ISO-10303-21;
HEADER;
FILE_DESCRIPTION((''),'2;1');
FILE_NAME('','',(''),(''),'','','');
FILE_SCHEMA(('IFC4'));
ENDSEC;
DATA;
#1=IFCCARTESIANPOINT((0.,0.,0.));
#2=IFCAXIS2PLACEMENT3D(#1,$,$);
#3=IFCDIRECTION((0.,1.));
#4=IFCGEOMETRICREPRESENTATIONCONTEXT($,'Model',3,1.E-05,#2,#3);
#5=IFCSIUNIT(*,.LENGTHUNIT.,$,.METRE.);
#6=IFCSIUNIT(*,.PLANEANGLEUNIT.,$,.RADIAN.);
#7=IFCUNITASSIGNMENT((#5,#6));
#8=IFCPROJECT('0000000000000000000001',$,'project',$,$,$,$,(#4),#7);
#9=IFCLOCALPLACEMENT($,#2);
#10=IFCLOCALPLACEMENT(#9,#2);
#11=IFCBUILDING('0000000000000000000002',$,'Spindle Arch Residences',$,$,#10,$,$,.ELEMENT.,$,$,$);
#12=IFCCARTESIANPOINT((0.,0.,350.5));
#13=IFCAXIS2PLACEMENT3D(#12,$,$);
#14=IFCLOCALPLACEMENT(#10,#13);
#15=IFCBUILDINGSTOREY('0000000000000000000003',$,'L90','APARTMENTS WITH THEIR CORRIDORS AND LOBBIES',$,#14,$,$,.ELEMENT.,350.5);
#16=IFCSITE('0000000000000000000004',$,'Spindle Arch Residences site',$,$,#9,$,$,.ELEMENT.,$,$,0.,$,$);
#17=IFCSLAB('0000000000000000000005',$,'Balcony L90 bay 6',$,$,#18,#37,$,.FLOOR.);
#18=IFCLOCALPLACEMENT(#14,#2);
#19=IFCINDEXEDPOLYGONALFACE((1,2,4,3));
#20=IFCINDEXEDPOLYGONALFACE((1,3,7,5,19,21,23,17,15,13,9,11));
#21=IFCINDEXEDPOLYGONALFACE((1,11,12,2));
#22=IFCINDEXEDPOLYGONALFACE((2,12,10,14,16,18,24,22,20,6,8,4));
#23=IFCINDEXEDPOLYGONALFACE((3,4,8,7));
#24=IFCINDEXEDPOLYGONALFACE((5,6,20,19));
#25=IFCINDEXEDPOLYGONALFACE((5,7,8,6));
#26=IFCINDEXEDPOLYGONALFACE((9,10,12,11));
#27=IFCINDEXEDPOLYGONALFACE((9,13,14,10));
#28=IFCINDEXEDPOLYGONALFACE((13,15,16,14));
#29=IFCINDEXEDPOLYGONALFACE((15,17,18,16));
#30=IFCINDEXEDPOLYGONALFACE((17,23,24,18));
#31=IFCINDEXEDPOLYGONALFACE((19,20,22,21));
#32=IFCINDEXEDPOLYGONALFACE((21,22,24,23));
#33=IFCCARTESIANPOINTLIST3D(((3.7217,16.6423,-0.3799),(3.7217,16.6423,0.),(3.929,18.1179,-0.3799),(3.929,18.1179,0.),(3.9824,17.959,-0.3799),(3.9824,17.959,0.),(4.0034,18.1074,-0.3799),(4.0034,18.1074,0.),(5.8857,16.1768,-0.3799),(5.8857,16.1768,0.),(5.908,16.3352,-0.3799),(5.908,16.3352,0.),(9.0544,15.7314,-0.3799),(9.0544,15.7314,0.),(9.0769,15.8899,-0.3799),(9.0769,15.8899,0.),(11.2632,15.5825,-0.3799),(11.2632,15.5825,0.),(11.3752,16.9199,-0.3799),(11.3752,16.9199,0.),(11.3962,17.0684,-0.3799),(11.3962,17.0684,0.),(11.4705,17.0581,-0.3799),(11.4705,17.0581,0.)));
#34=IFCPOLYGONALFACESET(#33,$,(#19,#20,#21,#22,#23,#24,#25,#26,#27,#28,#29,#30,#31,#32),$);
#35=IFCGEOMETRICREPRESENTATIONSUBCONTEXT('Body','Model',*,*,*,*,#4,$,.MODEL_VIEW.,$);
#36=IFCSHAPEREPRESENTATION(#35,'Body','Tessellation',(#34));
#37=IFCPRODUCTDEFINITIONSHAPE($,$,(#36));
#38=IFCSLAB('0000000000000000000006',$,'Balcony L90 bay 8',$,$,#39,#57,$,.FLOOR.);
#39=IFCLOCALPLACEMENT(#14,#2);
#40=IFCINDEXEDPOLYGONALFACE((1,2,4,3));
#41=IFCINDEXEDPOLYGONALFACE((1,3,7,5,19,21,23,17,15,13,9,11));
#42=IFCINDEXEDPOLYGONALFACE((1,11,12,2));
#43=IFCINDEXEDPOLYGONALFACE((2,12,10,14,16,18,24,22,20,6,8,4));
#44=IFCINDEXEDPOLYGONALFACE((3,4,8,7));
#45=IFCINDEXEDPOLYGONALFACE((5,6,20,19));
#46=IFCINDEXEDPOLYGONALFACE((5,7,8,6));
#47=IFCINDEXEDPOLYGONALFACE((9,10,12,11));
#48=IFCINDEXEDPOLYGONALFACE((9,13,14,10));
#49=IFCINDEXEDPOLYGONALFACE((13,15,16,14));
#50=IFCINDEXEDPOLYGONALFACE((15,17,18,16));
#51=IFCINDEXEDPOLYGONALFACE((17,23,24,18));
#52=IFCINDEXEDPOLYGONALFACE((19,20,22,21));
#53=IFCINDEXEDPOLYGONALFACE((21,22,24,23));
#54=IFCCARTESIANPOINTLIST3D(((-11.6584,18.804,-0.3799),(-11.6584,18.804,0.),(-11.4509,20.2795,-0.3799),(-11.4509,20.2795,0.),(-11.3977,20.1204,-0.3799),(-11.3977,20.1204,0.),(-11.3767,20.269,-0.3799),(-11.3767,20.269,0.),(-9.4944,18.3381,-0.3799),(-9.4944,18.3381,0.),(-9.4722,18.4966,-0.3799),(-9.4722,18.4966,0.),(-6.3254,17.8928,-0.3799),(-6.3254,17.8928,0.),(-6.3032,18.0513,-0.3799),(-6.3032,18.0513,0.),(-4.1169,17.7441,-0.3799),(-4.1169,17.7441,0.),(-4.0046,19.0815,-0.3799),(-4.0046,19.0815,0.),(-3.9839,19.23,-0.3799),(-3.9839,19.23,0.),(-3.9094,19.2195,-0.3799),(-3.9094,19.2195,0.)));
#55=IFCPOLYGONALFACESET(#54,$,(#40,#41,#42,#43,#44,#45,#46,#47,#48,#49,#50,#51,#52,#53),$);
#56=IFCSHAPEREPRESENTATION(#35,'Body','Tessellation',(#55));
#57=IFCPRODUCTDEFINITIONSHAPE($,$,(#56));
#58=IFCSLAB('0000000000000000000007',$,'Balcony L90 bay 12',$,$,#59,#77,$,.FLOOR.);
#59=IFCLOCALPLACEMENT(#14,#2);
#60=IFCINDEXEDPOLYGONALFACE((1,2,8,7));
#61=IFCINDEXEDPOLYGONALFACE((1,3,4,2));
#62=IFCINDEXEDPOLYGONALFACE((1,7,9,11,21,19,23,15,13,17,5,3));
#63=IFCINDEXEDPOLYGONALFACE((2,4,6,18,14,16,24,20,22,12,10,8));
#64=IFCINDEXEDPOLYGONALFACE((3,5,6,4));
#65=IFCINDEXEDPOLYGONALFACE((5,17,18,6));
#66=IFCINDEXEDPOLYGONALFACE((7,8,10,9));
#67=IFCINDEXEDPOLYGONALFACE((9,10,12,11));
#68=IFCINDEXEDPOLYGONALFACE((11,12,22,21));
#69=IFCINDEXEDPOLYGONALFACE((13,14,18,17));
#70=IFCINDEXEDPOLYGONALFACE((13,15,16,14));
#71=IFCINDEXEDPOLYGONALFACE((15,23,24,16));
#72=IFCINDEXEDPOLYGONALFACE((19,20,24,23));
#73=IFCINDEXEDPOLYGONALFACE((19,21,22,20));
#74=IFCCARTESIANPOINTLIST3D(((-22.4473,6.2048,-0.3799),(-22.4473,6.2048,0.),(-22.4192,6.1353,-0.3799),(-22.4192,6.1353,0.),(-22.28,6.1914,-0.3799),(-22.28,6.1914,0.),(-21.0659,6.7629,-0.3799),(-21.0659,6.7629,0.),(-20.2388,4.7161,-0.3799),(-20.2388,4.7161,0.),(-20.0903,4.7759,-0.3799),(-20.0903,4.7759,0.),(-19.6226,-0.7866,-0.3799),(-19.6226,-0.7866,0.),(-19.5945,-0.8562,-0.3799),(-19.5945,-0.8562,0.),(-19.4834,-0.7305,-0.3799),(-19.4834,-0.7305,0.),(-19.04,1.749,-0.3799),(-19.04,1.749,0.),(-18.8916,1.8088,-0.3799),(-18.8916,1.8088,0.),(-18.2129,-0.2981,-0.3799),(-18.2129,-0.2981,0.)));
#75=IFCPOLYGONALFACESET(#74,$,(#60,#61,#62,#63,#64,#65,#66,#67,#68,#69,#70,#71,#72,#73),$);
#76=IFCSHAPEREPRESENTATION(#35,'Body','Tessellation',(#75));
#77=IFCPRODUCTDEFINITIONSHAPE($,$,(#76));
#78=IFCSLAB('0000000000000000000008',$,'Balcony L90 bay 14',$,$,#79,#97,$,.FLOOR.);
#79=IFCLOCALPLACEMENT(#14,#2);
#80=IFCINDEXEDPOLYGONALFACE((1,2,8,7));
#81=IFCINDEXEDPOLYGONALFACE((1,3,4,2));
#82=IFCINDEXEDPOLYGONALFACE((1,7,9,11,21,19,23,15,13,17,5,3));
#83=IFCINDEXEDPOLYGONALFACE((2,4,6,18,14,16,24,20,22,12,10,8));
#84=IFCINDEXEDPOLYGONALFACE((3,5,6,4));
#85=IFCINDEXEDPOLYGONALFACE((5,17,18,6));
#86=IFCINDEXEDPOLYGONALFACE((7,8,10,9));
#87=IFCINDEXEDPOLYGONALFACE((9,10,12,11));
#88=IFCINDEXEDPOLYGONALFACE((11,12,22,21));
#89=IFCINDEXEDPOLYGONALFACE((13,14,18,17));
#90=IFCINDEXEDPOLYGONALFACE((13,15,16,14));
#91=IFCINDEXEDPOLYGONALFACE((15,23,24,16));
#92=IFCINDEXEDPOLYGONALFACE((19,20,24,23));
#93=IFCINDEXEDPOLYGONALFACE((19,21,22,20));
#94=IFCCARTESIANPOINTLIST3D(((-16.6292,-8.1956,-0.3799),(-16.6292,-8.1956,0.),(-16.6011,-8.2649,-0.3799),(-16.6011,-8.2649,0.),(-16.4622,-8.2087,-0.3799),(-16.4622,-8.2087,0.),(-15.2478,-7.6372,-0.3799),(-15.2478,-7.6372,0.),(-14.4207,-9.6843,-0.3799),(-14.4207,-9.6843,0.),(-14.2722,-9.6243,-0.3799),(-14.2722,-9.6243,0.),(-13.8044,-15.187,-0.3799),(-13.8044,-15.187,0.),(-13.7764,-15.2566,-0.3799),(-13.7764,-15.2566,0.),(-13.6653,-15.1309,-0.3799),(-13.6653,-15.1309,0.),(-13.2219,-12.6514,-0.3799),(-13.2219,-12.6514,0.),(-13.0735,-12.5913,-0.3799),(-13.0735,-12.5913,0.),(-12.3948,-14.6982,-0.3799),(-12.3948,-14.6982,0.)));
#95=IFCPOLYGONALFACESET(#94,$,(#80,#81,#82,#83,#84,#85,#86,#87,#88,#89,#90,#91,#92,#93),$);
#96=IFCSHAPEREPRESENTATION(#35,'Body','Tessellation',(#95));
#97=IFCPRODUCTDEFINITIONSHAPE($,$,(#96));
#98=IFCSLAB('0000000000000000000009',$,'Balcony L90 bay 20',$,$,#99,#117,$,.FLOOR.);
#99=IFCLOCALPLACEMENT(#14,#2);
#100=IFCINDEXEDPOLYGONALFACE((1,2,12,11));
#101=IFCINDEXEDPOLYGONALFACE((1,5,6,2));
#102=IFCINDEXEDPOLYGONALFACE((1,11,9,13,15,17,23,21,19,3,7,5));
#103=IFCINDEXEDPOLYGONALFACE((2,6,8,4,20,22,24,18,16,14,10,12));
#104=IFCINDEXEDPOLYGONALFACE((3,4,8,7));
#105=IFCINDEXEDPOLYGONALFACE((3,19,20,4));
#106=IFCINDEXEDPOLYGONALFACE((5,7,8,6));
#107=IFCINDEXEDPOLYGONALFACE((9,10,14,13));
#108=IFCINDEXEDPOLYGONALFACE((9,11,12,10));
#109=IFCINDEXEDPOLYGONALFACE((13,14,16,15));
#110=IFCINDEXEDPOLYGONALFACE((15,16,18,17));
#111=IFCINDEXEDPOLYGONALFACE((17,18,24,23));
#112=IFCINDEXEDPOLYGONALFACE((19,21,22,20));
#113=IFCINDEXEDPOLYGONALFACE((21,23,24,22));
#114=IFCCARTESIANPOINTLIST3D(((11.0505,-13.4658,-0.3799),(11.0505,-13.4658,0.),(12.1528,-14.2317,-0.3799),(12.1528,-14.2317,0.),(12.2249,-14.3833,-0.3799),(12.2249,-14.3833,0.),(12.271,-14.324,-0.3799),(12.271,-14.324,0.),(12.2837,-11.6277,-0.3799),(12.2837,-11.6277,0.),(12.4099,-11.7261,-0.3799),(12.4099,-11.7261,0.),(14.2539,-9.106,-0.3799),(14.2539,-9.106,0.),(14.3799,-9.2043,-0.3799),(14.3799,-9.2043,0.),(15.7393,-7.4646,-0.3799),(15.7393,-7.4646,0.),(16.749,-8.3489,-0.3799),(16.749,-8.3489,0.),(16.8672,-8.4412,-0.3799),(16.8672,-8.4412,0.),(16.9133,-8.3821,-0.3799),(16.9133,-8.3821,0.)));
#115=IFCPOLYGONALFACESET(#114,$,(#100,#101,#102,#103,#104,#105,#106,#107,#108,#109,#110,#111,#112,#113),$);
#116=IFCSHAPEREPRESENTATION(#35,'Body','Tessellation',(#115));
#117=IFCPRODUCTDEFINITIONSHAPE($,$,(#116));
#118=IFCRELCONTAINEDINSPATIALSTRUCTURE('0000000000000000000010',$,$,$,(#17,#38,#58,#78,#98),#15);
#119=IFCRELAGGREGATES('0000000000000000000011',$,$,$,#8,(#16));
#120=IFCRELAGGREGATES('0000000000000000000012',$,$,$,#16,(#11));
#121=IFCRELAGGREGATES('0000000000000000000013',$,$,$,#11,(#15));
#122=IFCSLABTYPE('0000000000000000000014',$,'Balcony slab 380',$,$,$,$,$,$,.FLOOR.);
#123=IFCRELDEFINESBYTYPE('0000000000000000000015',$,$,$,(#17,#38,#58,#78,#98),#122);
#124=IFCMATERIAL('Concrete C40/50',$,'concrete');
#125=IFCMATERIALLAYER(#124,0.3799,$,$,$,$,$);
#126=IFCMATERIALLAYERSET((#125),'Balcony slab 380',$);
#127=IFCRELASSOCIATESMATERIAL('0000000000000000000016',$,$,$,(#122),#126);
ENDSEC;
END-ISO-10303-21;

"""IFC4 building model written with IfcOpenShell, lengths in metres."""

from ifc_helpers import new_model, si_unit, direction, frame, origin, place, context, subcontext, project, spatial, polyline, outline, extrude, material, layer, layer_set, type_object, element, save


model = new_model("IFC4")

# Units and contexts
model_context = context("Model", 3, precision=1e-05, world=origin(), true_north=direction((0.0, 1.0)))
body_context = subcontext(model_context, "Body", "Model", "MODEL_VIEW")
ifc_project = project(units=[si_unit("LENGTHUNIT", "METRE"), si_unit("PLANEANGLEUNIT", "RADIAN")], contexts=[model_context])

# Site, building, storey
site_placement = place(None, origin())
site = spatial("IfcSite", under=ifc_project, at=site_placement, Name="Spindle Arch Residences site", CompositionType="ELEMENT", RefElevation=0.0)
building_placement = place(site_placement, origin())
building = spatial("IfcBuilding", under=site, at=building_placement, Name="Spindle Arch Residences", CompositionType="ELEMENT")
storey_placement = place(building_placement, frame((0.0, 0.0, 350.5)))
storey = spatial("IfcBuildingStorey", under=building, at=storey_placement, Name="L90", Description="APARTMENTS WITH THEIR CORRIDORS AND LOBBIES", CompositionType="ELEMENT", Elevation=350.5)

# Slabs
ifc_material_1 = material(Name="Concrete C40/50", Category="concrete")
ifc_layer_1 = layer(ifc_material_1, 0.3799)
ifc_layer_set_1 = layer_set([ifc_layer_1], Name="Balcony slab 380")
slab_type_1 = type_object("IfcSlabType", Name="Balcony slab 380", PredefinedType="FLOOR", material=ifc_layer_set_1)
slab_1_placement = place(storey_placement, frame((0.0, 0.0, -0.3799)))
element("IfcSlab", 1, at=slab_1_placement, inside=storey, type_object=slab_type_1, Name="Balcony L90 bay 6", PredefinedType="FLOOR", context=body_context, shape_type="SweptSolid", body=[
    extrude(outline(polyline([(11.4705, 17.0581), (11.3962, 17.0684), (11.3752, 16.9199), (3.9824, 17.959), (4.0034, 18.1074), (3.929, 18.1179), (3.7217, 16.6423), (5.908, 16.3352), (5.8857, 16.1768), (9.0544, 15.7314), (9.0769, 15.8899), (11.2632, 15.5825), (11.4705, 17.0581)])), origin(), (0.0, 0.0, 1.0), 0.3799),
])
slab_2_placement = place(storey_placement, frame((0.0, 0.0, -0.3799)))
element("IfcSlab", 2, at=slab_2_placement, inside=storey, type_object=slab_type_1, Name="Balcony L90 bay 8", PredefinedType="FLOOR", context=body_context, shape_type="SweptSolid", body=[
    extrude(outline(polyline([(-3.9094, 19.2195), (-3.9839, 19.23), (-4.0046, 19.0815), (-11.3977, 20.1204), (-11.3767, 20.269), (-11.4509, 20.2795), (-11.6584, 18.804), (-9.4722, 18.4966), (-9.4944, 18.3381), (-6.3254, 17.8928), (-6.3032, 18.0513), (-4.1169, 17.7441), (-3.9094, 19.2195)])), origin(), (0.0, 0.0, 1.0), 0.3799),
])
slab_3_placement = place(storey_placement, frame((0.0, 0.0, -0.3799)))
element("IfcSlab", 3, at=slab_3_placement, inside=storey, type_object=slab_type_1, Name="Balcony L90 bay 12", PredefinedType="FLOOR", context=body_context, shape_type="SweptSolid", body=[
    extrude(outline(polyline([(-22.4473, 6.2048), (-22.4192, 6.1353), (-22.28, 6.1914), (-19.4834, -0.7305), (-19.6226, -0.7866), (-19.5945, -0.8562), (-18.2129, -0.2981), (-19.04, 1.749), (-18.8916, 1.8088), (-20.0903, 4.7759), (-20.2388, 4.7161), (-21.0659, 6.7629), (-22.4473, 6.2048)])), origin(), (0.0, 0.0, 1.0), 0.3799),
])
slab_4_placement = place(storey_placement, frame((0.0, 0.0, -0.3799)))
element("IfcSlab", 4, at=slab_4_placement, inside=storey, type_object=slab_type_1, Name="Balcony L90 bay 14", PredefinedType="FLOOR", context=body_context, shape_type="SweptSolid", body=[
    extrude(outline(polyline([(-16.6292, -8.1956), (-16.6011, -8.2649), (-16.4622, -8.2087), (-13.6653, -15.1309), (-13.8044, -15.187), (-13.7764, -15.2566), (-12.3948, -14.6982), (-13.2219, -12.6514), (-13.0735, -12.5913), (-14.2722, -9.6243), (-14.4207, -9.6843), (-15.2478, -7.6372), (-16.6292, -8.1956)])), origin(), (0.0, 0.0, 1.0), 0.3799),
])
slab_5_placement = place(storey_placement, frame((0.0, 0.0, -0.3799)))
element("IfcSlab", 5, at=slab_5_placement, inside=storey, type_object=slab_type_1, Name="Balcony L90 bay 20", PredefinedType="FLOOR", context=body_context, shape_type="SweptSolid", body=[
    extrude(outline(polyline([(12.2249, -14.3833), (12.271, -14.324), (12.1528, -14.2317), (16.749, -8.3489), (16.8672, -8.4412), (16.9133, -8.3821), (15.7393, -7.4646), (14.3799, -9.2043), (14.2539, -9.106), (12.2837, -11.6277), (12.4099, -11.7261), (11.0505, -13.4658), (12.2249, -14.3833)])), origin(), (0.0, 0.0, 1.0), 0.3799),
])

save(model, "model.ifc")
